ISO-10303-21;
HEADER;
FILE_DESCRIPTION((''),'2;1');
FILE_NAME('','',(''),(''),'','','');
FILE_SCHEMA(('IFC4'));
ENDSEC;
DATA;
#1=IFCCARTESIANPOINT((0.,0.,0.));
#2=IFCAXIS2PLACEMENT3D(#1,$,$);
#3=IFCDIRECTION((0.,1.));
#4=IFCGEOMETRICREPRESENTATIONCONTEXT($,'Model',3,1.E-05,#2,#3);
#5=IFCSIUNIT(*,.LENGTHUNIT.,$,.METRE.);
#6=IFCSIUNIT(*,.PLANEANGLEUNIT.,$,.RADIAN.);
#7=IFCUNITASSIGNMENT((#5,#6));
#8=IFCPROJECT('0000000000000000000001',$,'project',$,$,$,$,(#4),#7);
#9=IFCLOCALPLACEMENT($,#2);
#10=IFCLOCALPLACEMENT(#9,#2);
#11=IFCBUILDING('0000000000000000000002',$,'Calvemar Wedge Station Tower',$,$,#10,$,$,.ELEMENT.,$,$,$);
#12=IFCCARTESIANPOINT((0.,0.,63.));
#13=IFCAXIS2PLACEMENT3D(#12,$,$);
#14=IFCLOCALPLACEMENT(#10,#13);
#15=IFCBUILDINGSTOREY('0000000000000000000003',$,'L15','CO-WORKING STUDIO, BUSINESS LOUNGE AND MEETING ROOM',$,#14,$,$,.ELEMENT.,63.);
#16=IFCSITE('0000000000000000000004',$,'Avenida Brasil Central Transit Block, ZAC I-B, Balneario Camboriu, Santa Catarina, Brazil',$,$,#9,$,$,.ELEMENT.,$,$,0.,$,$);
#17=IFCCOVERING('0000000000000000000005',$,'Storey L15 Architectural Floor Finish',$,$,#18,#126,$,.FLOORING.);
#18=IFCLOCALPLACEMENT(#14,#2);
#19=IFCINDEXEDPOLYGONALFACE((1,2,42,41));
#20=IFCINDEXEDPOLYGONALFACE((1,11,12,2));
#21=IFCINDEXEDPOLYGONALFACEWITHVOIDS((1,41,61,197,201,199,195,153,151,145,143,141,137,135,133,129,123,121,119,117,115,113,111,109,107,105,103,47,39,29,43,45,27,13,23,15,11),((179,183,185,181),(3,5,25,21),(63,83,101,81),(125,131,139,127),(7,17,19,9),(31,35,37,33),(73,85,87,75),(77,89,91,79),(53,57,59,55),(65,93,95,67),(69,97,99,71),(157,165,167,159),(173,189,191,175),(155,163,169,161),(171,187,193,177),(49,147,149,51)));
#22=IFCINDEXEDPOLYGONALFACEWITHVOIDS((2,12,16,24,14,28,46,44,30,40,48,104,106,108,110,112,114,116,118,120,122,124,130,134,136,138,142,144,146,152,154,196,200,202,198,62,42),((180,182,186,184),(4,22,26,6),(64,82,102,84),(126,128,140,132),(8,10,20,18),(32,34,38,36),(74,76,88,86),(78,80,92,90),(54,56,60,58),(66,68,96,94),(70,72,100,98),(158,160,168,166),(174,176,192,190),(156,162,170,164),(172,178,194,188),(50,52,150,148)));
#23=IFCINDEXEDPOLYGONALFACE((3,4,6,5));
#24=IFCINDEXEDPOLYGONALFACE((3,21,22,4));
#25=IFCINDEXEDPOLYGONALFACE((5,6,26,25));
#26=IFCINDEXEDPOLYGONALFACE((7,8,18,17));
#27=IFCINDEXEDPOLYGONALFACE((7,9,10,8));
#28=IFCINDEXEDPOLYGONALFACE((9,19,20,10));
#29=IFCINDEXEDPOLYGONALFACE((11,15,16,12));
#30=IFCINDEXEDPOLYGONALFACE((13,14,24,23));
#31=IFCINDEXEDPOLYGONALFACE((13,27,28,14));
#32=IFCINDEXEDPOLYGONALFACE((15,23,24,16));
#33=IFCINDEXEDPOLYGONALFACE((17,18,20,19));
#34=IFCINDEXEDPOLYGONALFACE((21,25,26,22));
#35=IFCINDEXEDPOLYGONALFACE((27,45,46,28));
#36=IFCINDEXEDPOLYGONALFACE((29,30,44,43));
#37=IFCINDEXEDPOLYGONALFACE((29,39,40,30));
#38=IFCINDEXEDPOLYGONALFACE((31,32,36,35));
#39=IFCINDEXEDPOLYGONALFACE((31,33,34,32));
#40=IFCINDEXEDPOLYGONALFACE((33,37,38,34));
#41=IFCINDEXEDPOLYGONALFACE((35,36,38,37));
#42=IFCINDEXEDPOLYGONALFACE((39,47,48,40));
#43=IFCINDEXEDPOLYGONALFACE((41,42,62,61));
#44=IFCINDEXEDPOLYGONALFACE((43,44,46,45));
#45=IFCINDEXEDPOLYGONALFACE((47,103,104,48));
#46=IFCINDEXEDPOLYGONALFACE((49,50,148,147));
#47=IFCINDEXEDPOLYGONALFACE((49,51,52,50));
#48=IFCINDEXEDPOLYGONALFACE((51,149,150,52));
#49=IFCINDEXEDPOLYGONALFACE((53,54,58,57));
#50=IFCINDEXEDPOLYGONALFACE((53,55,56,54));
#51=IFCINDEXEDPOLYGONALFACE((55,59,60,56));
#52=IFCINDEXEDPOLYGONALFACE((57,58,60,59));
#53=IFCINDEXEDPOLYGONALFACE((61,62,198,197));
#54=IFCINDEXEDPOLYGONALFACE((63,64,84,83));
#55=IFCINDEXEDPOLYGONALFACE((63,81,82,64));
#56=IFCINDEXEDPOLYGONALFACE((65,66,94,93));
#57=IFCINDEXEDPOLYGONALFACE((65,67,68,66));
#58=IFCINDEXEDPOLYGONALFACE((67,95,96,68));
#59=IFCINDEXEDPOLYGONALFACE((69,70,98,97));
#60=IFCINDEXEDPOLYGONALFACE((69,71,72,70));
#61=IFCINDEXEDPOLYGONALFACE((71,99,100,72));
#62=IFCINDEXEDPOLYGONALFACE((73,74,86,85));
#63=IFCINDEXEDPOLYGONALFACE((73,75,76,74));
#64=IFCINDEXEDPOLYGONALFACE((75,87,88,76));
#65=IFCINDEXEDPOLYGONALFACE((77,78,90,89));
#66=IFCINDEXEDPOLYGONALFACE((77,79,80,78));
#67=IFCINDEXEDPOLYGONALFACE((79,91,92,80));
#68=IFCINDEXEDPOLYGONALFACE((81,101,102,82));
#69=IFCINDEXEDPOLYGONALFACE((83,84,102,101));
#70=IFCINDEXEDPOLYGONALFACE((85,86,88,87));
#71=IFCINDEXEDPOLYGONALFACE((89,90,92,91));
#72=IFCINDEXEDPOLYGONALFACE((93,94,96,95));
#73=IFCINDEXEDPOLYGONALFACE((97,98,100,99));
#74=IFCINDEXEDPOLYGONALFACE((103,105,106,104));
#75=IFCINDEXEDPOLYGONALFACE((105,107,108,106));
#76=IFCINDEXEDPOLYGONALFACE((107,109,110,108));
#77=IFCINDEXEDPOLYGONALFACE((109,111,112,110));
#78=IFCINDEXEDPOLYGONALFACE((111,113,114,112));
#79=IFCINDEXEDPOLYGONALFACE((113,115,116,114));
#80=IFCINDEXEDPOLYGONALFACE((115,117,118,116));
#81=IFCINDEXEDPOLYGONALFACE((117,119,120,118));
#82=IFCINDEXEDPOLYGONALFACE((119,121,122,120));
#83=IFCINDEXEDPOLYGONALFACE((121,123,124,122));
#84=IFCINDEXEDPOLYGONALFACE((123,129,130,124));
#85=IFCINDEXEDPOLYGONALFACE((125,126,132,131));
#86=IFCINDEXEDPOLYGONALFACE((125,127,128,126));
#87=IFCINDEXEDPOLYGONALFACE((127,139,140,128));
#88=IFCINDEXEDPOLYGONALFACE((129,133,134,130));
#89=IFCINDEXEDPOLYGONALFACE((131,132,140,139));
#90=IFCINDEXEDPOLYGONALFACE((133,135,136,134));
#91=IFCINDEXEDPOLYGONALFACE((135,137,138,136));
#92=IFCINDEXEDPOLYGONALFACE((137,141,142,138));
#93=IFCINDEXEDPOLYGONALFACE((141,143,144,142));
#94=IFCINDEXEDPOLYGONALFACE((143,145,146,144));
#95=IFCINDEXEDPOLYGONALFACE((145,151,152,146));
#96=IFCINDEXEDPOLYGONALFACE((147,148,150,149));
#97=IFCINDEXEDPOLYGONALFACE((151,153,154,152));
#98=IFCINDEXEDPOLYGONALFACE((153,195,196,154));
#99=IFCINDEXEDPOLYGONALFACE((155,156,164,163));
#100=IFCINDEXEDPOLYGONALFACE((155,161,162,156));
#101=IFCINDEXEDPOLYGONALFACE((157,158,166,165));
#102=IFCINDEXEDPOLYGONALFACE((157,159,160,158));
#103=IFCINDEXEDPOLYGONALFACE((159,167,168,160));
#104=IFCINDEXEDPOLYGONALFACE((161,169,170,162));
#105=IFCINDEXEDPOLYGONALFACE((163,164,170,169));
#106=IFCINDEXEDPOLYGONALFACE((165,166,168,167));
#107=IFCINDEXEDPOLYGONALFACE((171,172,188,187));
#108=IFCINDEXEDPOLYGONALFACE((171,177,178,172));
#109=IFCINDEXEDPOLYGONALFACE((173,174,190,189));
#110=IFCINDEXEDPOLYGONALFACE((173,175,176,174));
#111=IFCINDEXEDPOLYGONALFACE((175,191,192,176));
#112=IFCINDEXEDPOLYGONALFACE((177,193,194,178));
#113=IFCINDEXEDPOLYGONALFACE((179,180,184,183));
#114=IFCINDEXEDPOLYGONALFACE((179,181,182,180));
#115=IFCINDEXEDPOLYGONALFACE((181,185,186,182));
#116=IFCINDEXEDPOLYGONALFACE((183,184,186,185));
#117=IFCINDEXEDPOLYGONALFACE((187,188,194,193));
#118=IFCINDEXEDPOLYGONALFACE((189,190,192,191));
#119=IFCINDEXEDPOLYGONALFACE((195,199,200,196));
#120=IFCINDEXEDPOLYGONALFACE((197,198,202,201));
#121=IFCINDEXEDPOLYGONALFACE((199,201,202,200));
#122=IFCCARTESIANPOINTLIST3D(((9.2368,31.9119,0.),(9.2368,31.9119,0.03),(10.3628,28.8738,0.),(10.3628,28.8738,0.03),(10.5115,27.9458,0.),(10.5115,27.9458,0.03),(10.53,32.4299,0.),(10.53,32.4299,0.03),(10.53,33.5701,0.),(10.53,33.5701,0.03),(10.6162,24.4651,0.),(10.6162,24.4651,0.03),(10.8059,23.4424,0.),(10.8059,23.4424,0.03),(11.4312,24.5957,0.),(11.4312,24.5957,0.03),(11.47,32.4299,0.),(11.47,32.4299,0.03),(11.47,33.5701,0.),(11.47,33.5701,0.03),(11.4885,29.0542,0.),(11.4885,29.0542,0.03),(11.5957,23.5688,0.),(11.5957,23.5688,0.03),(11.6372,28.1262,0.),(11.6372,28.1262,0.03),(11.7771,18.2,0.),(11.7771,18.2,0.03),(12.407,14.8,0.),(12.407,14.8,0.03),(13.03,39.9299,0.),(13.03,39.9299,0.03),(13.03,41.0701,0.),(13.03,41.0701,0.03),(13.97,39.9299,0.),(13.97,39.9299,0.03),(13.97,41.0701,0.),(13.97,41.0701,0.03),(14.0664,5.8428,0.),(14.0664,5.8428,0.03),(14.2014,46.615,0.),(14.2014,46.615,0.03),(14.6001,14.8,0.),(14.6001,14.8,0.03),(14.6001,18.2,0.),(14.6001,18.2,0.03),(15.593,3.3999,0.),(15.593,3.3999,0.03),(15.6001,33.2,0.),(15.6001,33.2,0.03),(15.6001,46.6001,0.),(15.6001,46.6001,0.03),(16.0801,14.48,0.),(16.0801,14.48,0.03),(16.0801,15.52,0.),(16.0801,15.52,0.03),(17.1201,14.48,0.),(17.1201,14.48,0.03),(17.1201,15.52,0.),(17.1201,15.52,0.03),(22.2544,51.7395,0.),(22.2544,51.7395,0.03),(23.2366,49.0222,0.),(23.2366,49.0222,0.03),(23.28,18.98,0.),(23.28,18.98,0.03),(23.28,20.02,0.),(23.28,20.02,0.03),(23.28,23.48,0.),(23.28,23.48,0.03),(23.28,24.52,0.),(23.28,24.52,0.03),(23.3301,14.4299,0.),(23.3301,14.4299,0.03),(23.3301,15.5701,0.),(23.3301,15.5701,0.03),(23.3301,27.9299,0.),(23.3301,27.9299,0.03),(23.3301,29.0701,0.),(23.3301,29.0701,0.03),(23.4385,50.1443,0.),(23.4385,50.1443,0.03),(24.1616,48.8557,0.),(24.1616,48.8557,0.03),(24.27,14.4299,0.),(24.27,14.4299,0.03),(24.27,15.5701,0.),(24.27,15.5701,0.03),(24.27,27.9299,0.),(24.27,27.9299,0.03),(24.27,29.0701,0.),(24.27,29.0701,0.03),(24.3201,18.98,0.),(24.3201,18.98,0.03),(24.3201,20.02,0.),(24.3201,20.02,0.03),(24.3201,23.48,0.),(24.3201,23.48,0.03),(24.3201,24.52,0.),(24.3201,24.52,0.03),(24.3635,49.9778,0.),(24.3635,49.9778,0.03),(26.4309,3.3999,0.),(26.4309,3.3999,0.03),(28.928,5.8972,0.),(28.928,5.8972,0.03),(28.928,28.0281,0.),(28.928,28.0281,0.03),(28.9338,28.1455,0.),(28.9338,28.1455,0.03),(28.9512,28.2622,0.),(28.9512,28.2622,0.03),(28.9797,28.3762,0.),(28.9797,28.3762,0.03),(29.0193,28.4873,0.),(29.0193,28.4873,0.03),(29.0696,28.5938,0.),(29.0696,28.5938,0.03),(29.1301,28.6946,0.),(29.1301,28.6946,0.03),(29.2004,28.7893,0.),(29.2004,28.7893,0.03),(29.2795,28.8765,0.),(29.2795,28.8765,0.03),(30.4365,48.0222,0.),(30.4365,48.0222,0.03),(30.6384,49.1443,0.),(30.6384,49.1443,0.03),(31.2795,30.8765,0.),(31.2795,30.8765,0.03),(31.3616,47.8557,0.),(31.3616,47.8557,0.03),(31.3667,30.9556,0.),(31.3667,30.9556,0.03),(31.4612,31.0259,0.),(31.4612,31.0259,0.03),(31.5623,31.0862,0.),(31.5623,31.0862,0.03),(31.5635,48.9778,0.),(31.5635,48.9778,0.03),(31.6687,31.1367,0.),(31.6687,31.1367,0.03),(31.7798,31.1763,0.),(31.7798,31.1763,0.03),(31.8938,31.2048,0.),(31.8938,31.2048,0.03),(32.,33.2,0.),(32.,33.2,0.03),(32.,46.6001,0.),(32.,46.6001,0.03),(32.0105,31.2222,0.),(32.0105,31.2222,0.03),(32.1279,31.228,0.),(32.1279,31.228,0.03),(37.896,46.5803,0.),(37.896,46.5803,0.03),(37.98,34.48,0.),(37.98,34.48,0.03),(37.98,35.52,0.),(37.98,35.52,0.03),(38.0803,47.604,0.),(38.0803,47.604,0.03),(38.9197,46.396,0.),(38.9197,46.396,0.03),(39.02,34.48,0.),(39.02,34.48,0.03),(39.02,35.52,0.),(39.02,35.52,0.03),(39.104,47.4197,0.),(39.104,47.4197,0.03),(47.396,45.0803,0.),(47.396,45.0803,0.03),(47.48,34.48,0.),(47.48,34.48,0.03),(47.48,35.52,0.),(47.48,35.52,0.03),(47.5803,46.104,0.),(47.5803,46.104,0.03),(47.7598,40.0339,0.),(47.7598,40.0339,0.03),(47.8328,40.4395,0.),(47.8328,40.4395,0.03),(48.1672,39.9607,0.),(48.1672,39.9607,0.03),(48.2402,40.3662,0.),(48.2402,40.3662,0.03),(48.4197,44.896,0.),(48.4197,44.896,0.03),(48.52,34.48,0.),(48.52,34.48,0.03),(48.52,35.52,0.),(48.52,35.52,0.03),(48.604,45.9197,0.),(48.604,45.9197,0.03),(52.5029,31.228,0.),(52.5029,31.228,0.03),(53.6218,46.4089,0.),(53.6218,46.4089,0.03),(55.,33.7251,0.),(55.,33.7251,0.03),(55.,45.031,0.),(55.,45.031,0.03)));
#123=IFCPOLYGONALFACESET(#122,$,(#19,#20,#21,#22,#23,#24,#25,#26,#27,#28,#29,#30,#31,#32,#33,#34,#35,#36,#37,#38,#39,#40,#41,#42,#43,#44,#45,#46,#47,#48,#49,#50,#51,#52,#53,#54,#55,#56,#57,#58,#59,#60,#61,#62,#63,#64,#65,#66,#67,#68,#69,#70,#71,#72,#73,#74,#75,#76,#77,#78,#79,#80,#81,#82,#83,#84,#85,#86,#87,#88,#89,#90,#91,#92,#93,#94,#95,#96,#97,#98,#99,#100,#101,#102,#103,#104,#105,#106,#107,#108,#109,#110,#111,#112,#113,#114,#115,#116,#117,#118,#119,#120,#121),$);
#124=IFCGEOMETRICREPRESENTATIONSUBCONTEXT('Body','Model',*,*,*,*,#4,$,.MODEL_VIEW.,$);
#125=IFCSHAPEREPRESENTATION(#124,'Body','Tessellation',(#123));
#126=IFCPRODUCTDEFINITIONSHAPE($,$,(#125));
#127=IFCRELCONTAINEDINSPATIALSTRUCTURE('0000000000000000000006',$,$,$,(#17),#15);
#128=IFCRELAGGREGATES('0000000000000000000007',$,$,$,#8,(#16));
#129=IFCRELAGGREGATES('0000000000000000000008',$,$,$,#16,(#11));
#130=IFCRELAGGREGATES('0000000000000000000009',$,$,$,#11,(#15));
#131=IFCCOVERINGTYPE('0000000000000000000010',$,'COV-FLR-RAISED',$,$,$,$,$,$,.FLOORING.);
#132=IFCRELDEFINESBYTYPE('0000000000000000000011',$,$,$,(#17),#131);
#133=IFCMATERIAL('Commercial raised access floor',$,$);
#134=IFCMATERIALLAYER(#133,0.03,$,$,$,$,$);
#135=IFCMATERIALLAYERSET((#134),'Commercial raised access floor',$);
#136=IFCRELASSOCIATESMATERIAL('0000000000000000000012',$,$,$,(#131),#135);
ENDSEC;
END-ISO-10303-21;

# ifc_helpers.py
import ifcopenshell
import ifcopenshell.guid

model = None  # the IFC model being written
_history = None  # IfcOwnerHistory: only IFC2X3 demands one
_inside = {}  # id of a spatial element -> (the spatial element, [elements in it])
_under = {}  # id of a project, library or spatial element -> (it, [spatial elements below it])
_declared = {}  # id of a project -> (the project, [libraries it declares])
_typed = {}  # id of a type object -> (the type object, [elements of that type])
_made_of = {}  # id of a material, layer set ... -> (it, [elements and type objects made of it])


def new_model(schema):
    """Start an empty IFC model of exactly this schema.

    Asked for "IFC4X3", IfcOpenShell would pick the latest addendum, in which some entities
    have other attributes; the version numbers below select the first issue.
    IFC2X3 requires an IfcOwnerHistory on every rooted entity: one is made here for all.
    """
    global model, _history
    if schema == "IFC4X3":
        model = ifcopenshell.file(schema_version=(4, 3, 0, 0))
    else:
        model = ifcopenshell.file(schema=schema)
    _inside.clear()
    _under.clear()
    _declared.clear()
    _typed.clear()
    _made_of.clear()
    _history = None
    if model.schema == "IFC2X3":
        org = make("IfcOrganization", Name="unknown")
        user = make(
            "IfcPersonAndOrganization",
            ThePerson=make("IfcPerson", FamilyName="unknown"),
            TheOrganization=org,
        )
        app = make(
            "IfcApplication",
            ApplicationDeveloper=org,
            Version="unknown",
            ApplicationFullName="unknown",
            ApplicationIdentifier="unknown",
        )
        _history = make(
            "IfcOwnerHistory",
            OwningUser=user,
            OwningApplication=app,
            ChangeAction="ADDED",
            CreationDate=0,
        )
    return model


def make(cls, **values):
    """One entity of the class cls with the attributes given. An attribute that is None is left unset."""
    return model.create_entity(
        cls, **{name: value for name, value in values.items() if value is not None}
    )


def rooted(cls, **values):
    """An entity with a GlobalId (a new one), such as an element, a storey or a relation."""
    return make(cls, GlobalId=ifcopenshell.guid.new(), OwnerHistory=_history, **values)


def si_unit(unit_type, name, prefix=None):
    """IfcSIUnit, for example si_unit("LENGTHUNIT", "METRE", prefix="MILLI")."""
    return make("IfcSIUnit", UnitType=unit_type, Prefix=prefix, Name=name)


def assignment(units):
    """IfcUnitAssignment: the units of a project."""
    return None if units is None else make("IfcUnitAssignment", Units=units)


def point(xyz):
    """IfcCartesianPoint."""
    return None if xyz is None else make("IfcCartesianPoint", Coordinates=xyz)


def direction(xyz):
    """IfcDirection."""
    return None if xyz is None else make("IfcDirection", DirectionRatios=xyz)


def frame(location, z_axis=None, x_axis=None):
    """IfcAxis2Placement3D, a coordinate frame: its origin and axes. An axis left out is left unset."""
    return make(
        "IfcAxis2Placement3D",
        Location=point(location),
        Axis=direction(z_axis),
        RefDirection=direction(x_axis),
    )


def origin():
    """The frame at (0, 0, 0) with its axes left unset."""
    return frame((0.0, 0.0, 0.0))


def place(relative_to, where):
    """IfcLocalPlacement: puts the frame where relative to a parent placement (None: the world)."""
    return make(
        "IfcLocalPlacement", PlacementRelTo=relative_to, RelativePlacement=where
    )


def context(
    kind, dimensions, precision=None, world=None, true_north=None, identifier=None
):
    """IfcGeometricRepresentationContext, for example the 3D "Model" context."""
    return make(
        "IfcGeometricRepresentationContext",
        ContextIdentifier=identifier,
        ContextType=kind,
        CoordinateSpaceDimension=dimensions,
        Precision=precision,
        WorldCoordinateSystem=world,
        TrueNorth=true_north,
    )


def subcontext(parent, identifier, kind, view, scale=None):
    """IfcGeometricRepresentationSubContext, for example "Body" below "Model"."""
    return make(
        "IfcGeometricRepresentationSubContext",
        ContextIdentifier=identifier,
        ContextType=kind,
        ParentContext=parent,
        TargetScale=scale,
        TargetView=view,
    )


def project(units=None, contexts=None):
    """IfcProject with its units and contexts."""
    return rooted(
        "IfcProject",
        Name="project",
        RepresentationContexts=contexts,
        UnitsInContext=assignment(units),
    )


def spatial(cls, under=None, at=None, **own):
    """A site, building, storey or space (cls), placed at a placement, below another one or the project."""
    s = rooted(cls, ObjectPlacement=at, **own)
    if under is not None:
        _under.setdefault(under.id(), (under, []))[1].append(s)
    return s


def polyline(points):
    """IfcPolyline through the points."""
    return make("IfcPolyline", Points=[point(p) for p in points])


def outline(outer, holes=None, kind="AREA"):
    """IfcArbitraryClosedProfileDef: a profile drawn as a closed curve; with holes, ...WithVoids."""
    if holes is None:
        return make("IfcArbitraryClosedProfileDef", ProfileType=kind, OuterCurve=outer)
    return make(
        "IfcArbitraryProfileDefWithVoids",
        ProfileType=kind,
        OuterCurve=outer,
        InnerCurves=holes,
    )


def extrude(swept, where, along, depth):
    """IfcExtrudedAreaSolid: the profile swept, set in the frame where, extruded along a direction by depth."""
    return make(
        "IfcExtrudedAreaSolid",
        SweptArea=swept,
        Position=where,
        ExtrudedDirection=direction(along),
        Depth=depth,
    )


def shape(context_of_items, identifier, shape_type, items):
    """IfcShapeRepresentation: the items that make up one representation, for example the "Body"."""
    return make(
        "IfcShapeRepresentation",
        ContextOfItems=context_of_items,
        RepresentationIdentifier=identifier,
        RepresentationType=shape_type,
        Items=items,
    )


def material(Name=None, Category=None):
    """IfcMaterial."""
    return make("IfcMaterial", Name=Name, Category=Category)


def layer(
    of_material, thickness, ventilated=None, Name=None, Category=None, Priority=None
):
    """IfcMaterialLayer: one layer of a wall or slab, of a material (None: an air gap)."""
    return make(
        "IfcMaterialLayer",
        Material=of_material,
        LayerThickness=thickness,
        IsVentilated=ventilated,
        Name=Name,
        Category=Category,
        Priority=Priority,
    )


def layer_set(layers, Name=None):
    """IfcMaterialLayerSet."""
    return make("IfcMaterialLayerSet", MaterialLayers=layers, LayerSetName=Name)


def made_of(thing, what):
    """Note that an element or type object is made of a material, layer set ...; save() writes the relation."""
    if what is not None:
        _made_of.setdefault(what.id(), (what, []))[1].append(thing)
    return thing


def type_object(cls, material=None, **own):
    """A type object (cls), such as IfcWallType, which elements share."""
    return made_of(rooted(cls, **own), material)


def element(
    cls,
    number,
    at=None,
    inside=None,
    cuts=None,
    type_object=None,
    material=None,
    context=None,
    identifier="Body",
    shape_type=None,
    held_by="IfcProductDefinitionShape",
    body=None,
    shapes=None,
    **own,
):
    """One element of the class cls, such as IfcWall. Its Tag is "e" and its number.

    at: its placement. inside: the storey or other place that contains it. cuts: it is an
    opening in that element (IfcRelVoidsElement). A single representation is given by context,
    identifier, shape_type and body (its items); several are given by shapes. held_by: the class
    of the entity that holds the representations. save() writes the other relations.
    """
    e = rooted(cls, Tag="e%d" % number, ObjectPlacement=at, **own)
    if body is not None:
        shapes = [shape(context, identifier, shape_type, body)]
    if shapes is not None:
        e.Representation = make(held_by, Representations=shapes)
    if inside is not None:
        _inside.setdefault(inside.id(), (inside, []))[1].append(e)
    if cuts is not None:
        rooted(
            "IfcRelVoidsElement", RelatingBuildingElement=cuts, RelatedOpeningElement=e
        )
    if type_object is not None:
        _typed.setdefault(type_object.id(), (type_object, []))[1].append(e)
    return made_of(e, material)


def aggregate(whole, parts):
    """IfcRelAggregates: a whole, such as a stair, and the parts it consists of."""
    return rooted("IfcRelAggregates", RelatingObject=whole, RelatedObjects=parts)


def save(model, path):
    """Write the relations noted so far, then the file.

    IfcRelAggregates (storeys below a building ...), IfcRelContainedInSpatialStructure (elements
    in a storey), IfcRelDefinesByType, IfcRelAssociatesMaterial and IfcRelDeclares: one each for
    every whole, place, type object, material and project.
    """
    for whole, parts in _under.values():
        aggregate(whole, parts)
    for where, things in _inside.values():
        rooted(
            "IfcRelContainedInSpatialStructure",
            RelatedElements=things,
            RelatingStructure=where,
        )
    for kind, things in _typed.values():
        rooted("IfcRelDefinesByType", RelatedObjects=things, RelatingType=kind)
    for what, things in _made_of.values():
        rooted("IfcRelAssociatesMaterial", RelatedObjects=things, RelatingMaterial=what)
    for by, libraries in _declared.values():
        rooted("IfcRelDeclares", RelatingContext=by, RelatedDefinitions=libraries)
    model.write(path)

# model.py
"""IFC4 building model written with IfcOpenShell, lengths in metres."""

from ifc_helpers import new_model, si_unit, direction, frame, origin, place, context, subcontext, project, spatial, polyline, outline, extrude, material, layer, layer_set, type_object, element, save


model = new_model("IFC4")

# Units and contexts
model_context = context("Model", 3, precision=1e-05, world=origin(), true_north=direction((0.0, 1.0)))
body_context = subcontext(model_context, "Body", "Model", "MODEL_VIEW")
ifc_project = project(units=[si_unit("LENGTHUNIT", "METRE"), si_unit("PLANEANGLEUNIT", "RADIAN")], contexts=[model_context])

# Site, building, storey
site_placement = place(None, origin())
site = spatial("IfcSite", under=ifc_project, at=site_placement, Name="Avenida Brasil Central Transit Block, ZAC I-B, Balneario Camboriu, Santa Catarina, Brazil", CompositionType="ELEMENT", RefElevation=0.0)
building_placement = place(site_placement, origin())
building = spatial("IfcBuilding", under=site, at=building_placement, Name="Calvemar Wedge Station Tower", CompositionType="ELEMENT")
storey_placement = place(building_placement, frame((0.0, 0.0, 63.0)))
storey = spatial("IfcBuildingStorey", under=building, at=storey_placement, Name="L15", Description="CO-WORKING STUDIO, BUSINESS LOUNGE AND MEETING ROOM", CompositionType="ELEMENT", Elevation=63.0)

# Covering
ifc_material_1 = material(Name="Commercial raised access floor")
ifc_layer_1 = layer(ifc_material_1, 0.03)
ifc_layer_set_1 = layer_set([ifc_layer_1], Name="Commercial raised access floor")
covering_type_1 = type_object("IfcCoveringType", Name="COV-FLR-RAISED", PredefinedType="FLOORING", material=ifc_layer_set_1)
covering_1_placement = place(storey_placement, origin())
element("IfcCovering", 1, at=covering_1_placement, inside=storey, type_object=covering_type_1, Name="Storey L15 Architectural Floor Finish", PredefinedType="FLOORING", context=body_context, shape_type="SweptSolid", body=[
    extrude(outline(polyline([(29.2795, 28.8765), (31.2795, 30.8765), (31.3667, 30.9556), (31.4612, 31.0259), (31.5623, 31.0862), (31.6687, 31.1367), (31.7798, 31.1763), (31.8938, 31.2048), (32.0105, 31.2222), (32.1279, 31.228), (52.5029, 31.228), (55.0, 33.7251), (55.0, 45.031), (53.6218, 46.4089), (22.2544, 51.7395), (14.2014, 46.615), (9.2368, 31.9119), (10.6162, 24.4651), (11.4312, 24.5957), (11.5957, 23.5688), (10.8059, 23.4424), (11.7771, 18.2), (14.6001, 18.2), (14.6001, 14.8), (12.407, 14.8), (14.0664, 5.8428), (15.593, 3.3999), (26.4309, 3.3999), (28.928, 5.8972), (28.928, 28.0281), (28.9338, 28.1455), (28.9512, 28.2622), (28.9797, 28.3762), (29.0193, 28.4873), (29.0696, 28.5938), (29.1301, 28.6946), (29.2004, 28.7893), (29.2795, 28.8765)]), holes=[polyline([(15.6001, 46.6001), (32.0, 46.6001), (32.0, 33.2), (15.6001, 33.2), (15.6001, 46.6001)]), polyline([(10.53, 32.4299), (10.53, 33.5701), (11.47, 33.5701), (11.47, 32.4299), (10.53, 32.4299)]), polyline([(13.03, 41.0701), (13.97, 41.0701), (13.97, 39.9299), (13.03, 39.9299), (13.03, 41.0701)]), polyline([(24.3635, 49.9778), (24.1616, 48.8557), (23.2366, 49.0222), (23.4385, 50.1443), (24.3635, 49.9778)]), polyline([(31.3616, 47.8557), (30.4365, 48.0222), (30.6384, 49.1443), (31.5635, 48.9778), (31.3616, 47.8557)]), polyline([(37.896, 46.5803), (38.0803, 47.604), (39.104, 47.4197), (38.9197, 46.396), (37.896, 46.5803)]), polyline([(47.5803, 46.104), (48.604, 45.9197), (48.4197, 44.896), (47.396, 45.0803), (47.5803, 46.104)]), polyline([(39.02, 35.52), (39.02, 34.48), (37.98, 34.48), (37.98, 35.52), (39.02, 35.52)]), polyline([(48.52, 34.48), (47.48, 34.48), (47.48, 35.52), (48.52, 35.52), (48.52, 34.48)]), polyline([(47.7598, 40.0339), (47.8328, 40.4395), (48.2402, 40.3662), (48.1672, 39.9607), (47.7598, 40.0339)]), polyline([(11.4885, 29.0542), (11.6372, 28.1262), (10.5115, 27.9458), (10.3628, 28.8738), (11.4885, 29.0542)]), polyline([(24.27, 27.9299), (23.3301, 27.9299), (23.3301, 29.0701), (24.27, 29.0701), (24.27, 27.9299)]), polyline([(23.28, 23.48), (23.28, 24.52), (24.3201, 24.52), (24.3201, 23.48), (23.28, 23.48)]), polyline([(23.28, 20.02), (24.3201, 20.02), (24.3201, 18.98), (23.28, 18.98), (23.28, 20.02)]), polyline([(24.27, 15.5701), (24.27, 14.4299), (23.3301, 14.4299), (23.3301, 15.5701), (24.27, 15.5701)]), polyline([(17.1201, 14.48), (16.0801, 14.48), (16.0801, 15.52), (17.1201, 15.52), (17.1201, 14.48)])]), origin(), (0.0, 0.0, 1.0), 0.03),
])

save(model, "model.ifc")
